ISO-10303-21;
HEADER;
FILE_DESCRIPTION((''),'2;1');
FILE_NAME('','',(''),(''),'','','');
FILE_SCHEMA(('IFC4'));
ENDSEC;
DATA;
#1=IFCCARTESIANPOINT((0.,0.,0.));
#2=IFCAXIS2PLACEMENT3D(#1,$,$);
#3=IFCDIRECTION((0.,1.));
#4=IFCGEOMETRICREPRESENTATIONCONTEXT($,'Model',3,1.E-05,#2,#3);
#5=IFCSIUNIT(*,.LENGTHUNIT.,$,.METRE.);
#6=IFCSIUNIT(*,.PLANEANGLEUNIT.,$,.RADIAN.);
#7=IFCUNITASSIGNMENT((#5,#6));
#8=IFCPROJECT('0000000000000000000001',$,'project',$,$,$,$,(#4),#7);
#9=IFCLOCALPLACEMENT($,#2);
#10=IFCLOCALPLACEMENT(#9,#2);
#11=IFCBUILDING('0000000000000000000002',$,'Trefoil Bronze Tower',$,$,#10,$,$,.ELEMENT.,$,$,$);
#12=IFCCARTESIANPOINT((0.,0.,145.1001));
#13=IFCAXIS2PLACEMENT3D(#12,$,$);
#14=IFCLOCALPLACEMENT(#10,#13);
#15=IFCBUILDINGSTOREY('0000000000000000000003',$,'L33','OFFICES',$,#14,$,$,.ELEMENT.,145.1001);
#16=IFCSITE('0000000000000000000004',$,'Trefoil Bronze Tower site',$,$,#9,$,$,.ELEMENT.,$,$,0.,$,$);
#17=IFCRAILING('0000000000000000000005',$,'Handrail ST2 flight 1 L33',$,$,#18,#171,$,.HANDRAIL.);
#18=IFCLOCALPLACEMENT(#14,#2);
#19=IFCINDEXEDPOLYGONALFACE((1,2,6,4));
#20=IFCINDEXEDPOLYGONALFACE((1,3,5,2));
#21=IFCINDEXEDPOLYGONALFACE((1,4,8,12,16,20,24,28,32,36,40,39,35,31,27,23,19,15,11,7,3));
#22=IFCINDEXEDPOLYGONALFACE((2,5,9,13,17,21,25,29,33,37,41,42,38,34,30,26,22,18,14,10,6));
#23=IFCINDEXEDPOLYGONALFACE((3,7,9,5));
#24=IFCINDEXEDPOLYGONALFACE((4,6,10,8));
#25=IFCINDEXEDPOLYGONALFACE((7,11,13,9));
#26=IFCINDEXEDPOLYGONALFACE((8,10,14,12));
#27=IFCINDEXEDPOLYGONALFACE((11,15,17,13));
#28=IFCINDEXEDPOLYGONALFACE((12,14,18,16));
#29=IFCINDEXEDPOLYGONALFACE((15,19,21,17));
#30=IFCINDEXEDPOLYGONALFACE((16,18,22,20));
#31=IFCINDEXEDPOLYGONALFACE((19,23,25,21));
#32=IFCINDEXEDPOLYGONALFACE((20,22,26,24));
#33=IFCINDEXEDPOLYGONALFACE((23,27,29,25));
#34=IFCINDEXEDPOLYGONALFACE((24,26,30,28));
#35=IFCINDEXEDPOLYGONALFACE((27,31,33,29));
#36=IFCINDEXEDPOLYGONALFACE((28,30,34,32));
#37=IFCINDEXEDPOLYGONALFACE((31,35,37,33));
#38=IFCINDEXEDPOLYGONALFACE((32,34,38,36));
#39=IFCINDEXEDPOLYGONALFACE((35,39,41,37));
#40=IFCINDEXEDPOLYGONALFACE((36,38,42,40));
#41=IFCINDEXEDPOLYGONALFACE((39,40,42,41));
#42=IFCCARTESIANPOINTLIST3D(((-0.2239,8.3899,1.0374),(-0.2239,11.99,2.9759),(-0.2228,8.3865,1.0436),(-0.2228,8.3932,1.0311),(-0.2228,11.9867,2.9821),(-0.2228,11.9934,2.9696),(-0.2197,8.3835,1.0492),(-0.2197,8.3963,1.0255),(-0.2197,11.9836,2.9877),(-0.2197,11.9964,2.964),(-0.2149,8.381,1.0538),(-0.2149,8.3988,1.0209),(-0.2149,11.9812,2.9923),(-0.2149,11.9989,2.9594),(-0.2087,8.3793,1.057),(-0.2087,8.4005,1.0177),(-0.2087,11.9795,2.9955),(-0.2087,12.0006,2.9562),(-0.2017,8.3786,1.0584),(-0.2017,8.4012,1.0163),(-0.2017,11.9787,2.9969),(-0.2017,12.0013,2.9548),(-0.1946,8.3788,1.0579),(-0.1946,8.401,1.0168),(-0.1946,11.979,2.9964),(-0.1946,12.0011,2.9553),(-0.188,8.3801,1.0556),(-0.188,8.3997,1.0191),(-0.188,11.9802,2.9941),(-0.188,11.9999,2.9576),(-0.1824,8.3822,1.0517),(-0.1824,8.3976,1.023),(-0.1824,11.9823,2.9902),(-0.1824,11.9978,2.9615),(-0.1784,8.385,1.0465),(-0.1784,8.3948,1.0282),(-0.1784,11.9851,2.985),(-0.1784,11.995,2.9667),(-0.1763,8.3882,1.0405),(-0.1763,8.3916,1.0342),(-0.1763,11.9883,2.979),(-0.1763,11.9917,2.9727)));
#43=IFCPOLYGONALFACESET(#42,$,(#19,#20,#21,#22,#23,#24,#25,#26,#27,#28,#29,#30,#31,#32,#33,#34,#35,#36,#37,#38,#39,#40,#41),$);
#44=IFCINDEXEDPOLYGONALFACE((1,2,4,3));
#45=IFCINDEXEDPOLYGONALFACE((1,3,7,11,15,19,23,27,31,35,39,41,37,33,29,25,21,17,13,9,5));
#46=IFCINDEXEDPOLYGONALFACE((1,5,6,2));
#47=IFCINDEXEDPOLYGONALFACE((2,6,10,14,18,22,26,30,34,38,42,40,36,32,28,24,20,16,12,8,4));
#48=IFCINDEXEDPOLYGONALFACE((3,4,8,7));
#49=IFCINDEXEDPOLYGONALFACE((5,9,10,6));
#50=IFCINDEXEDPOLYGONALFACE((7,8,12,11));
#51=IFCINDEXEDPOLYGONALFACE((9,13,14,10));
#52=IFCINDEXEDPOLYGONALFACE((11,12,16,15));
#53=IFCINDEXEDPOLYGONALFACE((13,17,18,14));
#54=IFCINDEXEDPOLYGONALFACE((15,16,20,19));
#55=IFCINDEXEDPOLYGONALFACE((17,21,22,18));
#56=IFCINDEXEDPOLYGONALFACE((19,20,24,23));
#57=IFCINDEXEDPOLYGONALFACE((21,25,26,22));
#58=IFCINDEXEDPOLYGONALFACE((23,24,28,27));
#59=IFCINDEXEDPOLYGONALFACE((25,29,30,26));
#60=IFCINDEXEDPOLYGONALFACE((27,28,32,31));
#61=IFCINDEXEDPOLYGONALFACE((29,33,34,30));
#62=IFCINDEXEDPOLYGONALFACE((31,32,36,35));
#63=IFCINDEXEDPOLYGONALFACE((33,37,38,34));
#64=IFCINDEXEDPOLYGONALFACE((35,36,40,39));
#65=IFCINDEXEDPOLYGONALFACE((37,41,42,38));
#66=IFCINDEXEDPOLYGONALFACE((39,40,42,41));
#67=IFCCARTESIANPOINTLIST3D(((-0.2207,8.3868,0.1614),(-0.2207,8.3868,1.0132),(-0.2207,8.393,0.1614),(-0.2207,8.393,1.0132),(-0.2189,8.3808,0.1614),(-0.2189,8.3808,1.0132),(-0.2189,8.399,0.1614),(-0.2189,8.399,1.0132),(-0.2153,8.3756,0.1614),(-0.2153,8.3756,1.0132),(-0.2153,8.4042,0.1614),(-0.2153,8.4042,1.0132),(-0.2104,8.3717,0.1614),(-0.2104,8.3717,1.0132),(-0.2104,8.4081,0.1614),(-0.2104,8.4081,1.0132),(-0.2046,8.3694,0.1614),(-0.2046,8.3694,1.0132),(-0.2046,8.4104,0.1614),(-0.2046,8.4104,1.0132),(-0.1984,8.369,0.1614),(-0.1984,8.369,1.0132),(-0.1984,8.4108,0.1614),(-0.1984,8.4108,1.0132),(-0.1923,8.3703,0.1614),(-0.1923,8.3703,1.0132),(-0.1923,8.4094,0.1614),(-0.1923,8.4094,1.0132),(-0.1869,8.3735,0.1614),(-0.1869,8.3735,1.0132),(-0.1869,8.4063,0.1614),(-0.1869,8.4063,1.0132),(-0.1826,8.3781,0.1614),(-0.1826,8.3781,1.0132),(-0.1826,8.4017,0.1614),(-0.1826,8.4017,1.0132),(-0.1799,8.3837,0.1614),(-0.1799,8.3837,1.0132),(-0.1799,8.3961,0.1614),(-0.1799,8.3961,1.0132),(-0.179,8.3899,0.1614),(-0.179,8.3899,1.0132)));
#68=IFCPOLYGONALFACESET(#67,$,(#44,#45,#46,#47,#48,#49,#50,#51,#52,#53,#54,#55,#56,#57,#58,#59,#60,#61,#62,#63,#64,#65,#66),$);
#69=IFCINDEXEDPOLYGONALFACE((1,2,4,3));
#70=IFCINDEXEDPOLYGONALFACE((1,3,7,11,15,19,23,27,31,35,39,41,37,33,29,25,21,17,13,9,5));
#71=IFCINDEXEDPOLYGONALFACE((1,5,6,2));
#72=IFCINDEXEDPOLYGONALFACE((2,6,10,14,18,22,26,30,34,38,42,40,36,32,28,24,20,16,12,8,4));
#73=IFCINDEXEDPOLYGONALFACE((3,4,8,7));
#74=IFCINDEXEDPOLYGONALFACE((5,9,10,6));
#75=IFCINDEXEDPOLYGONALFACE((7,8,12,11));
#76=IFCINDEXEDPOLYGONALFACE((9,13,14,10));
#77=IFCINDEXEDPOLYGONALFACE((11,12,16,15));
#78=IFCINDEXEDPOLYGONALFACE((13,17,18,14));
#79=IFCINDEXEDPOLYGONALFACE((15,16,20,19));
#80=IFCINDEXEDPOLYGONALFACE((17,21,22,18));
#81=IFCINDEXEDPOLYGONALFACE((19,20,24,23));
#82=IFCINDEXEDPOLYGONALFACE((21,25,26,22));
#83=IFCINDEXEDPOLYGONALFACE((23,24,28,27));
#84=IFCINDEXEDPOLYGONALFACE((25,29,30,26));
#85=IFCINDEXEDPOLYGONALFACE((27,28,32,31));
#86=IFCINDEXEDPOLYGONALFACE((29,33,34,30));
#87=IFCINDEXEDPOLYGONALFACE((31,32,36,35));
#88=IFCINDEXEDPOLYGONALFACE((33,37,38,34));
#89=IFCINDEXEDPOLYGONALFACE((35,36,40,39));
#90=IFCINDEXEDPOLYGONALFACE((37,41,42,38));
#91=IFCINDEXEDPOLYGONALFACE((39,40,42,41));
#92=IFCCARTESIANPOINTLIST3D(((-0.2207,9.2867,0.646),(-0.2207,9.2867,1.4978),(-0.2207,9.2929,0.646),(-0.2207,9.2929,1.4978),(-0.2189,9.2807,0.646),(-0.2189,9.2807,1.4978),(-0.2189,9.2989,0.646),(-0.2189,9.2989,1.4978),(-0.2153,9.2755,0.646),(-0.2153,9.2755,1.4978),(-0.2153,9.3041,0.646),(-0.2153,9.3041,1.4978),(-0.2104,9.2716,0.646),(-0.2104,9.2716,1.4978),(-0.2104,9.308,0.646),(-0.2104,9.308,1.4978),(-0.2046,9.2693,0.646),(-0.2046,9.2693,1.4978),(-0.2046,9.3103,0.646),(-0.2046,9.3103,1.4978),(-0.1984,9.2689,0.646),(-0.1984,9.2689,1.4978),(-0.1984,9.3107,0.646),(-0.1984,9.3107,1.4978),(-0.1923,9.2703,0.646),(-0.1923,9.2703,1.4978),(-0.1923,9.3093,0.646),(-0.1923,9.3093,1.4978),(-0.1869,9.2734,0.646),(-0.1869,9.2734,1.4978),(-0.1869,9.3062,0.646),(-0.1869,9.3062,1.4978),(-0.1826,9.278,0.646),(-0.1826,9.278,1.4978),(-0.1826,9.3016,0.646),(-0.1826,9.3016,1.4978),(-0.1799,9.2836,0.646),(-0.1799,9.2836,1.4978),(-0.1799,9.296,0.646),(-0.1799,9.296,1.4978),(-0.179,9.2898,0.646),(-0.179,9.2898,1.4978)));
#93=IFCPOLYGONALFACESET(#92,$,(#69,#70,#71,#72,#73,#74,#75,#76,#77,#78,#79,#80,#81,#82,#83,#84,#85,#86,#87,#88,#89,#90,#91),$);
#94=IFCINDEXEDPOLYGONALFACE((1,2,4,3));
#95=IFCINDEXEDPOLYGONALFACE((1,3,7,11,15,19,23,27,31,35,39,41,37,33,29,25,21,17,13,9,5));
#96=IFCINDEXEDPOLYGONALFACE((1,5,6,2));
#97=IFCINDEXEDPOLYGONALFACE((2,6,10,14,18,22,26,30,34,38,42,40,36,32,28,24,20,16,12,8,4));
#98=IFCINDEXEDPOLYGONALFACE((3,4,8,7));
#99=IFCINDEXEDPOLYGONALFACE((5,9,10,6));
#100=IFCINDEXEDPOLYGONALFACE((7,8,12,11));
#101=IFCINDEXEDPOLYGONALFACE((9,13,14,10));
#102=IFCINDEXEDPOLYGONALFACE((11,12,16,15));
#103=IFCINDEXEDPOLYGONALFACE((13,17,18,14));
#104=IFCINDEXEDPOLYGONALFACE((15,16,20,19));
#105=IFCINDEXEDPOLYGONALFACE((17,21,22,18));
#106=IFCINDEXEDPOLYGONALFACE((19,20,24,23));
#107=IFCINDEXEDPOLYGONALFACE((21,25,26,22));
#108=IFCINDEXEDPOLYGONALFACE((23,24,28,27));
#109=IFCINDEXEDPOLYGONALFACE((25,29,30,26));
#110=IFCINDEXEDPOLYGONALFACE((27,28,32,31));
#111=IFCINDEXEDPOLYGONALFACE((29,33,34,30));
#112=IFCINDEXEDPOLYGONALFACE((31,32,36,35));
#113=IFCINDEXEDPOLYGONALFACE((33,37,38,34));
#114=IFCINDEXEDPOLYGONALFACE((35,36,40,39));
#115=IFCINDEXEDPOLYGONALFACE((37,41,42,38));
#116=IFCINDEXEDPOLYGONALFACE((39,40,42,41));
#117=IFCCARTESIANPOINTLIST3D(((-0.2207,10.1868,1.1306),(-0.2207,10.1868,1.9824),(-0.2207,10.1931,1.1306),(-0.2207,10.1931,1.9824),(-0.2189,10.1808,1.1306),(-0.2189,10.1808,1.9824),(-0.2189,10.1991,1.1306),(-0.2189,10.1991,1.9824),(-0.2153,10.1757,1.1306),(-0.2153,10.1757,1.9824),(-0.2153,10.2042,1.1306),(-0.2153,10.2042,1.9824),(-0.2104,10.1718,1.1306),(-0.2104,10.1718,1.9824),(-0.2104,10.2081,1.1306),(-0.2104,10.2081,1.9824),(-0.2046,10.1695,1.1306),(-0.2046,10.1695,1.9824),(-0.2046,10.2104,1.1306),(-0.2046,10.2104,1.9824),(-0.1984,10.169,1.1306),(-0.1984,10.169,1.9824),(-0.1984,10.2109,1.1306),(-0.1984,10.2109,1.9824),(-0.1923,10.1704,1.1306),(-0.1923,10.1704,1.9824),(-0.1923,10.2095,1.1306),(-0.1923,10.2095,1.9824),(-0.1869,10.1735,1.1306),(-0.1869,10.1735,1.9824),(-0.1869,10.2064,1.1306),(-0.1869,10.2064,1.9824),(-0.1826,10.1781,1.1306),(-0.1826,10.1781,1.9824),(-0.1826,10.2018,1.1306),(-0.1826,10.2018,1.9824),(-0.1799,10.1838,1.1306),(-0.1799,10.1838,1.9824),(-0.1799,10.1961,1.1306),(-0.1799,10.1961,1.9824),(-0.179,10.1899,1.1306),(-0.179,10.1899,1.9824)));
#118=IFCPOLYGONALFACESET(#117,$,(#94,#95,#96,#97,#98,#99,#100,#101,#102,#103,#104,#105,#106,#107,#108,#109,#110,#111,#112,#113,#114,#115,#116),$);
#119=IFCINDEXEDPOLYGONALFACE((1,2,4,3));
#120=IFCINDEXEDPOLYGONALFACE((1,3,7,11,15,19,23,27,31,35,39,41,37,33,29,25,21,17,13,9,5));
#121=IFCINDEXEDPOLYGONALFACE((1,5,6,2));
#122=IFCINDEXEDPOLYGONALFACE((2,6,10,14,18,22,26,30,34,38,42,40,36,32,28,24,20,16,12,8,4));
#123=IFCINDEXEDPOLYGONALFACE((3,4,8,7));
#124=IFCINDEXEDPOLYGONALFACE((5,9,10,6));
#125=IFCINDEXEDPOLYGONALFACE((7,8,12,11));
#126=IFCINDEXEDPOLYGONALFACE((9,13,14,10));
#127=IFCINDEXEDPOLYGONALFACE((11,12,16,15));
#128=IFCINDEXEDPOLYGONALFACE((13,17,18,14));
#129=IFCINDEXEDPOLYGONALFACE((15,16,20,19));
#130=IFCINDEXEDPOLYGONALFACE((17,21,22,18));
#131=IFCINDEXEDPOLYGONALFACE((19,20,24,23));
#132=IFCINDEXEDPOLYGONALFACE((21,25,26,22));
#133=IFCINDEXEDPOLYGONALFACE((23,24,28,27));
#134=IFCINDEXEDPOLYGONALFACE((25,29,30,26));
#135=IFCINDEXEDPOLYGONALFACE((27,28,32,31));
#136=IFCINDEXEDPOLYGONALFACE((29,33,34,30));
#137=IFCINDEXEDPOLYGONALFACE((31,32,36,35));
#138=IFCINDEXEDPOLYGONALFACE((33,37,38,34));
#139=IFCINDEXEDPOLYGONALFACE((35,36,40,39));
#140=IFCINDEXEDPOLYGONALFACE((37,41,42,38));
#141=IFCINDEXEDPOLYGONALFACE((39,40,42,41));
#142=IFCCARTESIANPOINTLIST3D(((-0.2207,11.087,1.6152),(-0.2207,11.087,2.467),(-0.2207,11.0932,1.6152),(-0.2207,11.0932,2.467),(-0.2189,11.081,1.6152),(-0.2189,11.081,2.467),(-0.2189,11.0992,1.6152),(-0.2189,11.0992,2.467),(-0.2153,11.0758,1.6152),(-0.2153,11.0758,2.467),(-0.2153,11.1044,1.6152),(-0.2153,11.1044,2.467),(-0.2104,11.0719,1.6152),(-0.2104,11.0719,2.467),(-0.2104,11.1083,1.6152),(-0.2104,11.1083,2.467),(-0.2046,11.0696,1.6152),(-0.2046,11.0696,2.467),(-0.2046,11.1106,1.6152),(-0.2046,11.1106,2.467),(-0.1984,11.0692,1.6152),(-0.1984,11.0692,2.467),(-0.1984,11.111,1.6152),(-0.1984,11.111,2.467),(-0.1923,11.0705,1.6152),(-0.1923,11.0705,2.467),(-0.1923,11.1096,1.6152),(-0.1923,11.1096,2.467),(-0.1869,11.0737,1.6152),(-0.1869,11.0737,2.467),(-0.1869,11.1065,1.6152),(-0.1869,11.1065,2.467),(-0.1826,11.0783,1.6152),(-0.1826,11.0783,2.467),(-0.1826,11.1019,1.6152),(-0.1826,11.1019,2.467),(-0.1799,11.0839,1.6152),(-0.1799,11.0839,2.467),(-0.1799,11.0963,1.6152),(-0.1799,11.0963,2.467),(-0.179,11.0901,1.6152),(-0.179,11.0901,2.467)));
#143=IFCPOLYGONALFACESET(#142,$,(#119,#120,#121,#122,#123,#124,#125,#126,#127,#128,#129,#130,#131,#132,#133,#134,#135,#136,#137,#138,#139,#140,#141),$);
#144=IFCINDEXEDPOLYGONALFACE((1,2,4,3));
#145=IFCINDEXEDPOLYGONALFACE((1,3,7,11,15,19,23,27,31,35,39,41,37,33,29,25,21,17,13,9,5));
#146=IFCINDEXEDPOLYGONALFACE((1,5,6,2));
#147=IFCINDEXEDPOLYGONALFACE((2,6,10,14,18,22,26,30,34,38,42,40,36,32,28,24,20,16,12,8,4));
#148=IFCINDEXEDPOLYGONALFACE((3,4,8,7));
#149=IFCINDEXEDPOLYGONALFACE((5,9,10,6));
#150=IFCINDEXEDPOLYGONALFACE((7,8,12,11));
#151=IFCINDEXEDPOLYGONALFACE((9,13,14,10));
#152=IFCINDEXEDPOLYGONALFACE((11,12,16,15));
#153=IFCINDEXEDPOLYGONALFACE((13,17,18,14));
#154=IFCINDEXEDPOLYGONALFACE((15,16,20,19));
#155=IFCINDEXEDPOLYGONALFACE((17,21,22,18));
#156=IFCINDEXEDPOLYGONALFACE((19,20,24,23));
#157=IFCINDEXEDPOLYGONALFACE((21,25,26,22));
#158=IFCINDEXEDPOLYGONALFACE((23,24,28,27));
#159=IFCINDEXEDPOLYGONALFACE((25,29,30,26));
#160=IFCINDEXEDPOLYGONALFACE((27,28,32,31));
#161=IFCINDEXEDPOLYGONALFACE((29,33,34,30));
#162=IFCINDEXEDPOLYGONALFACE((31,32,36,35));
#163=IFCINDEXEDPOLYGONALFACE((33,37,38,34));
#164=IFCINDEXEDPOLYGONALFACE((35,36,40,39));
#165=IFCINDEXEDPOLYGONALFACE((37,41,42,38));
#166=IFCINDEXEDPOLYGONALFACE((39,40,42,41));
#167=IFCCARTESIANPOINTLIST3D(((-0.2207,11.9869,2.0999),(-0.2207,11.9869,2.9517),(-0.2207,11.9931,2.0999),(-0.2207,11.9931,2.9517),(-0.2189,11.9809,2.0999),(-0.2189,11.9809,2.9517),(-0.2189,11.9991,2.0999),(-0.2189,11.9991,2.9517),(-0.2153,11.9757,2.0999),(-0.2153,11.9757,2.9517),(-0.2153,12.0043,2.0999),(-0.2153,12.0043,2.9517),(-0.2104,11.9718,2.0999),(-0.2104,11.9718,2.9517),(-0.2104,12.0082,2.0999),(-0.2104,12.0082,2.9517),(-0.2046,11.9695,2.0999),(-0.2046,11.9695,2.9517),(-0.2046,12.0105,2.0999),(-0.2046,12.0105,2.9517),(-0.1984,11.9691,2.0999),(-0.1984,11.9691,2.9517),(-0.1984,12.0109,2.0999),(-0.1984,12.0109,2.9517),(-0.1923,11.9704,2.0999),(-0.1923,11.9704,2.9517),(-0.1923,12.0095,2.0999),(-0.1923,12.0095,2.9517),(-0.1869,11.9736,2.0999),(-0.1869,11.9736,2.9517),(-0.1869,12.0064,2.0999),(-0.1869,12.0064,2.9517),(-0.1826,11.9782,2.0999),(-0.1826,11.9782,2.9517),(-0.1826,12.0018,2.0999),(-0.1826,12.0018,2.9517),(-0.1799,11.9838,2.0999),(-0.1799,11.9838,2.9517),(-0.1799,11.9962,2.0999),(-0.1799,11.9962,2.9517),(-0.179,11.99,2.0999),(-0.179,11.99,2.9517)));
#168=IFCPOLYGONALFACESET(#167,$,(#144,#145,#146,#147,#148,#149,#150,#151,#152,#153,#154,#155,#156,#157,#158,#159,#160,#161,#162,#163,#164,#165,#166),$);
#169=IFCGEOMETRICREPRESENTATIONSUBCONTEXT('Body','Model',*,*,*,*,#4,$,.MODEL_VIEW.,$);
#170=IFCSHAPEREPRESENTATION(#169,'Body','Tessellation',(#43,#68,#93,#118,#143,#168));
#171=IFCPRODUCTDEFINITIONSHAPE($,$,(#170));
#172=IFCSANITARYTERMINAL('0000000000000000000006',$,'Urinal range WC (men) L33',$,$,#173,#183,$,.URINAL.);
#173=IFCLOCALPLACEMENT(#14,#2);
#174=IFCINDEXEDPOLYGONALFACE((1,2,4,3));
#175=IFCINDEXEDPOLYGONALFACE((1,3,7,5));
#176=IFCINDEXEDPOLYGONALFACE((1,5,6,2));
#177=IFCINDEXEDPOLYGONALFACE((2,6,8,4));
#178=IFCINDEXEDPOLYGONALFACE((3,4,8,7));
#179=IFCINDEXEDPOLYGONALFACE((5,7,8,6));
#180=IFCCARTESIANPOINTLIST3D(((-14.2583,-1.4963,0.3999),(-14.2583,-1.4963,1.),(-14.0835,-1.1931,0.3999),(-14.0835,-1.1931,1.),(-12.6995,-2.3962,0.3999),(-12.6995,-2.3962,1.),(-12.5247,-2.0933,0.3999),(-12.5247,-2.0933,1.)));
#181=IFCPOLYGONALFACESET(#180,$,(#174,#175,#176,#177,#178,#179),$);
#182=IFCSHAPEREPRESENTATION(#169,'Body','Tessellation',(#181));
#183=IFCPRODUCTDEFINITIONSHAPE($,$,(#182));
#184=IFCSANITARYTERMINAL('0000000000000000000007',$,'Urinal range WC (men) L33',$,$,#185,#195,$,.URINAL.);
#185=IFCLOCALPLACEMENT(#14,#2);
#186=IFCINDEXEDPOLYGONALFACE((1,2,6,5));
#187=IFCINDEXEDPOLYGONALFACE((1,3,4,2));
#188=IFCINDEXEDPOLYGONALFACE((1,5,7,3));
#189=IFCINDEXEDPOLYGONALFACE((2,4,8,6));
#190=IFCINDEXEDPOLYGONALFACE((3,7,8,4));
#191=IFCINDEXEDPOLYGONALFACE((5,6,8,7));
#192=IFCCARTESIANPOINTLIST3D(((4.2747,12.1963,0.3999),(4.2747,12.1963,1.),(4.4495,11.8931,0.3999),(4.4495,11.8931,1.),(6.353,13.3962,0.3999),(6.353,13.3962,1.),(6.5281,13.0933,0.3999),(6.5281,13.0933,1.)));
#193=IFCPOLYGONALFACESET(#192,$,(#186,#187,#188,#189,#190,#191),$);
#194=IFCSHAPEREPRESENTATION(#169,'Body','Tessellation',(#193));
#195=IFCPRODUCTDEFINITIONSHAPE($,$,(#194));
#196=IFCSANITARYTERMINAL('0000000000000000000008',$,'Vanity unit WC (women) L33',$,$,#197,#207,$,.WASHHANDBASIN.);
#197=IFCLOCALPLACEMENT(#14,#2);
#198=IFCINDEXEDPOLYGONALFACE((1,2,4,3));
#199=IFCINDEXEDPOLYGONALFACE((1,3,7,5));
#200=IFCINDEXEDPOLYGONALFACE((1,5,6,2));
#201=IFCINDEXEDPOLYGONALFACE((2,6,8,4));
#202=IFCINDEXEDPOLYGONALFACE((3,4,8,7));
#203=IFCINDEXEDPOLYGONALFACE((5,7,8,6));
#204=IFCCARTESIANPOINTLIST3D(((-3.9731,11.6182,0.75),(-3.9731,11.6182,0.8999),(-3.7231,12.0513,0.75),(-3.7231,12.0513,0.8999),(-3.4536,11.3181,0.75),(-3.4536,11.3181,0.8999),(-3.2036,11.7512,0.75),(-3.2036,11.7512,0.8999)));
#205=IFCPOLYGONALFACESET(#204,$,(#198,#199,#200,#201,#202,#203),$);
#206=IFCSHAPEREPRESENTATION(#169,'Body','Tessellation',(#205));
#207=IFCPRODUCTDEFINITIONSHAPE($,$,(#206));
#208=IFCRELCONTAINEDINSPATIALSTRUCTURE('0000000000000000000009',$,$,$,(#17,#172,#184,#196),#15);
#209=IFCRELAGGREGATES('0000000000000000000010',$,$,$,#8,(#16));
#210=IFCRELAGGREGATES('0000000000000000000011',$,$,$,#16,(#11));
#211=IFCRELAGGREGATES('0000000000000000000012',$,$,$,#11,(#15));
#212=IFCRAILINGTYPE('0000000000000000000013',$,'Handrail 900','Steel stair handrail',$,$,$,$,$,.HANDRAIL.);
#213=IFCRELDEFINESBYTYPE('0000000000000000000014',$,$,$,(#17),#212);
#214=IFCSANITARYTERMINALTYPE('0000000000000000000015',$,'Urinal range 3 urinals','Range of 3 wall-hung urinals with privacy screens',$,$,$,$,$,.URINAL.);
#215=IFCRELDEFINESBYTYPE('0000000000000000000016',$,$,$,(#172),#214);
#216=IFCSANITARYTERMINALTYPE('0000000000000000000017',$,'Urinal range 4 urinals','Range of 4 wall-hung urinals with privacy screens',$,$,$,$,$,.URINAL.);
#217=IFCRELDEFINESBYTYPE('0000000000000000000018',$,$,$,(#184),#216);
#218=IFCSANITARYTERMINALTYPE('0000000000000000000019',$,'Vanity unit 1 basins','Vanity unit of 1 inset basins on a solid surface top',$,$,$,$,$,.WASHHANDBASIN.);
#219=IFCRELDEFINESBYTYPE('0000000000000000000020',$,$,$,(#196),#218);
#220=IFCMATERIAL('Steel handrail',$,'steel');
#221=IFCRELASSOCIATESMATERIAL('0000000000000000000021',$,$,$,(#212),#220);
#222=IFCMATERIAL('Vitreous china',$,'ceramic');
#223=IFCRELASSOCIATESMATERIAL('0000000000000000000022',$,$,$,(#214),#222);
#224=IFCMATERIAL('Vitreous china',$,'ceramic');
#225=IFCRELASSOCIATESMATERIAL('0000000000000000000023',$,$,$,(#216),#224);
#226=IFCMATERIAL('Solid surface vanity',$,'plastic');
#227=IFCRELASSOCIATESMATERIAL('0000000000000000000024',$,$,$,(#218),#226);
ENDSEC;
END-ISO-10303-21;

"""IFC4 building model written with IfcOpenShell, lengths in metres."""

from ifc_helpers import new_model, si_unit, direction, frame, origin, origin_2d, place, context, subcontext, project, spatial, polyline, circle, outline, extrude, material, type_object, element, save


model = new_model("IFC4")

# Units and contexts
model_context = context("Model", 3, precision=1e-05, world=origin(), true_north=direction((0.0, 1.0)))
body_context = subcontext(model_context, "Body", "Model", "MODEL_VIEW")
ifc_project = project(units=[si_unit("LENGTHUNIT", "METRE"), si_unit("PLANEANGLEUNIT", "RADIAN")], contexts=[model_context])

# Site, building, storey
site_placement = place(None, origin())
site = spatial("IfcSite", under=ifc_project, at=site_placement, Name="Trefoil Bronze Tower site", CompositionType="ELEMENT", RefElevation=0.0)
building_placement = place(site_placement, origin())
building = spatial("IfcBuilding", under=site, at=building_placement, Name="Trefoil Bronze Tower", CompositionType="ELEMENT")
storey_placement = place(building_placement, frame((0.0, 0.0, 145.1001)))
storey = spatial("IfcBuildingStorey", under=building, at=storey_placement, Name="L33", Description="OFFICES", CompositionType="ELEMENT", Elevation=145.1001)

# Railing
ifc_material_1 = material(Name="Steel handrail", Category="steel")
railing_type = type_object("IfcRailingType", Name="Handrail 900", Description="Steel stair handrail", PredefinedType="HANDRAIL", material=ifc_material_1)
railing_placement = place(storey_placement, frame((-0.2, 8.3899, 0.1614)))
element("IfcRailing", 1, at=railing_placement, inside=storey, type_object=railing_type, Name="Handrail ST2 flight 1 L33", PredefinedType="HANDRAIL", context=body_context, shape_type="SweptSolid", body=[
    extrude(circle(Radius=0.0239, at=origin_2d()), frame((0.0, 0.0, 0.876), z_axis=(0.0, 0.880475, 0.474093), x_axis=(-1.0, 0.0, 0.0)), (0.0, 0.0, 1.0), 4.0889),
    extrude(circle(Radius=0.021, at=origin_2d()), origin(), (0.0, 0.0, 1.0), 0.8518),
    extrude(circle(Radius=0.021, at=origin_2d()), frame((0.0, 0.8999, 0.4846)), (0.0, 0.0, 1.0), 0.8518),
    extrude(circle(Radius=0.021, at=origin_2d()), frame((0.0, 1.8, 0.9692)), (0.0, 0.0, 1.0), 0.8518),
    extrude(circle(Radius=0.021, at=origin_2d()), frame((0.0, 2.7002, 1.4539)), (0.0, 0.0, 1.0), 0.8518),
    extrude(circle(Radius=0.021, at=origin_2d()), frame((0.0, 3.6001, 1.9385)), (0.0, 0.0, 1.0), 0.8518),
])

# Sanitary terminals
ifc_material_2 = material(Name="Vitreous china", Category="ceramic")
sanitary_terminal_type_1 = type_object("IfcSanitaryTerminalType", Name="Urinal range 3 urinals", Description="Range of 3 wall-hung urinals with privacy screens", PredefinedType="URINAL", material=ifc_material_2)
sanitary_terminal_1_placement = place(storey_placement, frame((0.0, 0.0, 0.3999)))
element("IfcSanitaryTerminal", 2, at=sanitary_terminal_1_placement, inside=storey, type_object=sanitary_terminal_type_1, Name="Urinal range WC (men) L33", PredefinedType="URINAL", context=body_context, shape_type="SweptSolid", body=[
    extrude(outline(polyline([(-12.5247, -2.0933), (-12.6995, -2.3962), (-14.2583, -1.4963), (-14.0835, -1.1931), (-12.5247, -2.0933)])), origin(), (0.0, 0.0, 1.0), 0.6001),
])
ifc_material_3 = material(Name="Vitreous china", Category="ceramic")
sanitary_terminal_type_2 = type_object("IfcSanitaryTerminalType", Name="Urinal range 4 urinals", Description="Range of 4 wall-hung urinals with privacy screens", PredefinedType="URINAL", material=ifc_material_3)
sanitary_terminal_2_placement = place(storey_placement, frame((0.0, 0.0, 0.3999)))
element("IfcSanitaryTerminal", 3, at=sanitary_terminal_2_placement, inside=storey, type_object=sanitary_terminal_type_2, Name="Urinal range WC (men) L33", PredefinedType="URINAL", context=body_context, shape_type="SweptSolid", body=[
    extrude(outline(polyline([(4.4495, 11.8931), (4.2747, 12.1963), (6.353, 13.3962), (6.5281, 13.0933), (4.4495, 11.8931)])), origin(), (0.0, 0.0, 1.0), 0.6001),
])
ifc_material_4 = material(Name="Solid surface vanity", Category="plastic")
sanitary_terminal_type_3 = type_object("IfcSanitaryTerminalType", Name="Vanity unit 1 basins", Description="Vanity unit of 1 inset basins on a solid surface top", PredefinedType="WASHHANDBASIN", material=ifc_material_4)
sanitary_terminal_3_placement = place(storey_placement, frame((0.0, 0.0, 0.75)))
element("IfcSanitaryTerminal", 4, at=sanitary_terminal_3_placement, inside=storey, type_object=sanitary_terminal_type_3, Name="Vanity unit WC (women) L33", PredefinedType="WASHHANDBASIN", context=body_context, shape_type="SweptSolid", body=[
    extrude(outline(polyline([(-3.4536, 11.3181), (-3.2036, 11.7512), (-3.7231, 12.0513), (-3.9731, 11.6182), (-3.4536, 11.3181)])), origin(), (0.0, 0.0, 1.0), 0.1499),
])

save(model, "model.ifc")
